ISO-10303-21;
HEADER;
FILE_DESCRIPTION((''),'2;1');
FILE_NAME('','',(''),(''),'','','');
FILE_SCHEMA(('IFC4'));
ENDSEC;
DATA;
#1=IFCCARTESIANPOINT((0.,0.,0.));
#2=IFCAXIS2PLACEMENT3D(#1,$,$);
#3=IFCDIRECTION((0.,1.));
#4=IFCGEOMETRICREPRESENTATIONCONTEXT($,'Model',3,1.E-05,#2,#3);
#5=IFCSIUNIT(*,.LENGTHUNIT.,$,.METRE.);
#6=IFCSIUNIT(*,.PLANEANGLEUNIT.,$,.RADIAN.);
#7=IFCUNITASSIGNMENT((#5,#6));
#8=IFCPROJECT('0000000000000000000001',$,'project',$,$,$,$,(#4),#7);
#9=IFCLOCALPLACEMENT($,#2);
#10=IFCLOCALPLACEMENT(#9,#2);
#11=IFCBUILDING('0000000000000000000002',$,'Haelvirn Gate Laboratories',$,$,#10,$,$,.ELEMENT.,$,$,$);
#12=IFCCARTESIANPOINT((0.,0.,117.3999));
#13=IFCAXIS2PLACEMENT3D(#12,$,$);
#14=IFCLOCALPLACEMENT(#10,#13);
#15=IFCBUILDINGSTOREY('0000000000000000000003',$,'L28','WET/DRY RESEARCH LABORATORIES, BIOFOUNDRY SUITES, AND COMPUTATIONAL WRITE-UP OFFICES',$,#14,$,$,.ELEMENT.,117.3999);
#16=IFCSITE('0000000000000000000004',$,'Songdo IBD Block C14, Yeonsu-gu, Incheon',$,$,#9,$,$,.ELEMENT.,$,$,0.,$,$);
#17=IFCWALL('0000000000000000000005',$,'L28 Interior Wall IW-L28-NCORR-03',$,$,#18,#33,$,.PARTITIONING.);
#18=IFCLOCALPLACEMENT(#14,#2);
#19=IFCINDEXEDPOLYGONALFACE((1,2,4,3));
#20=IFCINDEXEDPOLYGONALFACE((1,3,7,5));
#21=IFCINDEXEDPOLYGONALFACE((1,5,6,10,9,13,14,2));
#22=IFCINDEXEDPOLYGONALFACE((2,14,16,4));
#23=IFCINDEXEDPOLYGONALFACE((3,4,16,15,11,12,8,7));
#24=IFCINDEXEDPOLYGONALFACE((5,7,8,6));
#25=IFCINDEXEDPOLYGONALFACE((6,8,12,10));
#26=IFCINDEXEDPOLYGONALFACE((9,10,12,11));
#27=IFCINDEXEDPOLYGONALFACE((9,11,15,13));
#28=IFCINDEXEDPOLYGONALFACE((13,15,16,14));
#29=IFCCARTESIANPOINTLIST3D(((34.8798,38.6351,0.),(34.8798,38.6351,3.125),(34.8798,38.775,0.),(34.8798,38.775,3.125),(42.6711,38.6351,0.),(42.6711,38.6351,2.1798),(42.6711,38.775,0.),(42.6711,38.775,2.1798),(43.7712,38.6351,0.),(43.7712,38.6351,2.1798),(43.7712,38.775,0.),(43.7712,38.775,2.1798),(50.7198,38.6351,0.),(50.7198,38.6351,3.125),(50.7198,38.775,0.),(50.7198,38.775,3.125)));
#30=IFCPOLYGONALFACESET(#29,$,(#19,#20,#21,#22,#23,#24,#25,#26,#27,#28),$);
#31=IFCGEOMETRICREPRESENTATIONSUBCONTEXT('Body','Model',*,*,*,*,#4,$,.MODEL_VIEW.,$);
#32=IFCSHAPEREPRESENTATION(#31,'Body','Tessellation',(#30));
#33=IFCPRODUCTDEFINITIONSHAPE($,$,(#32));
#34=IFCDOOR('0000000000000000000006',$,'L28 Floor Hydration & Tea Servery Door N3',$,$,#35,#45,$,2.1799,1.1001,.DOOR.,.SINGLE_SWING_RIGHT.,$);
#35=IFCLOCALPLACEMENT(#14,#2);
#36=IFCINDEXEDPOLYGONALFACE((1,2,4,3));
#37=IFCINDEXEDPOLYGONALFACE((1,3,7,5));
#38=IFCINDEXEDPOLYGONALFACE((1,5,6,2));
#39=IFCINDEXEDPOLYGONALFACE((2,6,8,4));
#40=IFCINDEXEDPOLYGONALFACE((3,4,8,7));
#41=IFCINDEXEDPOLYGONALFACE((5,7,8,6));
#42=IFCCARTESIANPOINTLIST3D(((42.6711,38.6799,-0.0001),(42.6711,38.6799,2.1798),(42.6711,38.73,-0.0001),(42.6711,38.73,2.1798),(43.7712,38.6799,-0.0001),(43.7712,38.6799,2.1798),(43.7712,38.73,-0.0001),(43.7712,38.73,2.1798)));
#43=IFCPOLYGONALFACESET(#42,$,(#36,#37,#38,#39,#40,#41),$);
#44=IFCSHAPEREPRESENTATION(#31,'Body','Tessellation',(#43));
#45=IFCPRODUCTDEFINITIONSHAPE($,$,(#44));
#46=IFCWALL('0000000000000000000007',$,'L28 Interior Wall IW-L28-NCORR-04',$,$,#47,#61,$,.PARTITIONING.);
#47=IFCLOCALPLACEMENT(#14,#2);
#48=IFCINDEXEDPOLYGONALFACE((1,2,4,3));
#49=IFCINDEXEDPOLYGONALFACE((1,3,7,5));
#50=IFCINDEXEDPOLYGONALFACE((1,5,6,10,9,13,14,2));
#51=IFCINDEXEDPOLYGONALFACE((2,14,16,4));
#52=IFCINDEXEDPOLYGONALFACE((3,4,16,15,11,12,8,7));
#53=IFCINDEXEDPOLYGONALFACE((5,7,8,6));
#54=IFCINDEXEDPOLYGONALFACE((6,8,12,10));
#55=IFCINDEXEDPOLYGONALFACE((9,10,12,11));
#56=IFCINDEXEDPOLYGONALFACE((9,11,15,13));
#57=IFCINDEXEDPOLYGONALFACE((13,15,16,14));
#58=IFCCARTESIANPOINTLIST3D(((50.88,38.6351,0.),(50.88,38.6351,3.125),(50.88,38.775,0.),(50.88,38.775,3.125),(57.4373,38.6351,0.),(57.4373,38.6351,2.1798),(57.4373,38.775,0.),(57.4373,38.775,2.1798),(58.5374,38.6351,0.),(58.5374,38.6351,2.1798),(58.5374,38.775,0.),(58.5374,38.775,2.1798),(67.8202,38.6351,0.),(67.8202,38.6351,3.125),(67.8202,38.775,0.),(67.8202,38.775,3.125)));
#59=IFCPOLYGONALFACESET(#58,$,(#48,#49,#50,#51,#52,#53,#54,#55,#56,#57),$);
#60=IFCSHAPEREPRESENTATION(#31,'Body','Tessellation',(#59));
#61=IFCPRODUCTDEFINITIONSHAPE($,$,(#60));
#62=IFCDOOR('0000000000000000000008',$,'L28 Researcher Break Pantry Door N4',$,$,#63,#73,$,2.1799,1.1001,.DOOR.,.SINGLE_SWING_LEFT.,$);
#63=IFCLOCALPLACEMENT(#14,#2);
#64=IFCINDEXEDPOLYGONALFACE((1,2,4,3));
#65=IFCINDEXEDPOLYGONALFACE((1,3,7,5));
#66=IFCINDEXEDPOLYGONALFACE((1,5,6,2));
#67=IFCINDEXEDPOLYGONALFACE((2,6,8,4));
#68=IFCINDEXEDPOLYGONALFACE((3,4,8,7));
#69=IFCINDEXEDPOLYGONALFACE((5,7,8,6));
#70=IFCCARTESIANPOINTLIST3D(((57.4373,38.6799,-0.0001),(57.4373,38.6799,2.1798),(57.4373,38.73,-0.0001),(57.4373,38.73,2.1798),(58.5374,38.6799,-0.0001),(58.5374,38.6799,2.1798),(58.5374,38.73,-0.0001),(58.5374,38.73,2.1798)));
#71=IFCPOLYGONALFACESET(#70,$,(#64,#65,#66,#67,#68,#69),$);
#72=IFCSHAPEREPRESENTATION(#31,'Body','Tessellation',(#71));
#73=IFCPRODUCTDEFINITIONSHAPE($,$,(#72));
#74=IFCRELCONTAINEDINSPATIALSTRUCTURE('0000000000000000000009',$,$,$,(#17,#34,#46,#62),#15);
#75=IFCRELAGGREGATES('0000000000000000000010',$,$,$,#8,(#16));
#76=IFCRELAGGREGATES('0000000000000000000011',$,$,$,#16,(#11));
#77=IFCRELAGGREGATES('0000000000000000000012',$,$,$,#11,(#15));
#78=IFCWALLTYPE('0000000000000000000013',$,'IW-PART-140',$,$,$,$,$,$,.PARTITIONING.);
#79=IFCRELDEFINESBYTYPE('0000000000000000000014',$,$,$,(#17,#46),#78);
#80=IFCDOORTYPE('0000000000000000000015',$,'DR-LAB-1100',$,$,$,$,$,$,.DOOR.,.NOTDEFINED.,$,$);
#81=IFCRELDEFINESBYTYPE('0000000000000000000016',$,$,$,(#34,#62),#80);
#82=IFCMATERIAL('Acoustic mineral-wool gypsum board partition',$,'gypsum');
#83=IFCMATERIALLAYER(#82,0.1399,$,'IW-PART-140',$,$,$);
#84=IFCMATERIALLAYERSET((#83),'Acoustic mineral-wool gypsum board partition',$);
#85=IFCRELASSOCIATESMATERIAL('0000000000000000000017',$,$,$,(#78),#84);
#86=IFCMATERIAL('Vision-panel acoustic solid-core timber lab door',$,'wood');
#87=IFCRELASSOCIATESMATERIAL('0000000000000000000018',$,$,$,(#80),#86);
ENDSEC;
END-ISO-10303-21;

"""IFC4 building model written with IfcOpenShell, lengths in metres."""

from ifc_helpers import new_model, si_unit, direction, frame, frame_2d, origin, place, context, subcontext, project, spatial, rectangle, extrude, source, transform, mapped, material, layer, layer_set, type_object, type_shapes, element, fill, save


model = new_model("IFC4")

# Units and contexts
model_context = context("Model", 3, precision=1e-05, world=origin(), true_north=direction((0.0, 1.0)))
body_context = subcontext(model_context, "Body", "Model", "MODEL_VIEW")
ifc_project = project(units=[si_unit("LENGTHUNIT", "METRE"), si_unit("PLANEANGLEUNIT", "RADIAN")], contexts=[model_context])

# Site, building, storey
site_placement = place(None, origin())
site = spatial("IfcSite", under=ifc_project, at=site_placement, Name="Songdo IBD Block C14, Yeonsu-gu, Incheon", CompositionType="ELEMENT", RefElevation=0.0)
building_placement = place(site_placement, origin())
building = spatial("IfcBuilding", under=site, at=building_placement, Name="Haelvirn Gate Laboratories", CompositionType="ELEMENT")
storey_placement = place(building_placement, frame((0.0, 0.0, 117.3999)))
storey = spatial("IfcBuildingStorey", under=building, at=storey_placement, Name="L28", Description="WET/DRY RESEARCH LABORATORIES, BIOFOUNDRY SUITES, AND COMPUTATIONAL WRITE-UP OFFICES", CompositionType="ELEMENT", Elevation=117.3999)

# Walls, openings, doors
ifc_material_1 = material(Name="Acoustic mineral-wool gypsum board partition", Category="gypsum")
ifc_layer_1 = layer(ifc_material_1, 0.1399, Name="IW-PART-140")
ifc_layer_set_1 = layer_set([ifc_layer_1], Name="Acoustic mineral-wool gypsum board partition")
wall_type_1 = type_object("IfcWallType", Name="IW-PART-140", PredefinedType="PARTITIONING", material=ifc_layer_set_1)
wall_1_placement = place(storey_placement, frame((34.8799, 38.7051, 0.0), z_axis=(0.0, 0.0, 1.0), x_axis=(1.0, 0.0, 0.0)))
wall_1 = element("IfcWall", 1, at=wall_1_placement, inside=storey, type_object=wall_type_1, Name="L28 Interior Wall IW-L28-NCORR-03", PredefinedType="PARTITIONING", context=body_context, shape_type="SweptSolid", body=[
    extrude(rectangle(XDim=15.8401, YDim=0.1399, at=frame_2d((7.9199, 0.0))), origin(), (0.0, 0.0, 1.0), 3.125),
])
opening_1_placement = place(wall_1_placement, frame((7.7913, 0.0, 0.0)))
opening_1 = element("IfcOpeningElement", 2, at=opening_1_placement, cuts=wall_1, PredefinedType="OPENING", context=body_context, shape_type="SweptSolid", body=[
    extrude(rectangle(XDim=1.1001, YDim=2.1799, at=frame_2d((0.55, 1.0898))), frame((0.0, 0.0801, 0.0), z_axis=(0.0, -1.0, 0.0), x_axis=(1.0, 0.0, 0.0)), (0.0, 0.0, 1.0), 0.1599),
])
ifc_material_2 = material(Name="Vision-panel acoustic solid-core timber lab door", Category="wood")
door_type = type_object("IfcDoorType", Name="DR-LAB-1100", OperationType="NOTDEFINED", PredefinedType="DOOR", material=ifc_material_2)
shared_shape_1 = source(origin(), body_context, "Body", "SweptSolid", [
    extrude(rectangle(XDim=1.1001, YDim=2.1799, at=frame_2d((0.55, 1.0898))), frame((0.0, 0.0249, 0.0), z_axis=(0.0, -1.0, 0.0), x_axis=(1.0, 0.0, 0.0)), (0.0, 0.0, 1.0), 0.05),
])
type_shapes(door_type, [shared_shape_1])
door_1_placement = place(opening_1_placement, origin())
door_1 = element("IfcDoor", 3, at=door_1_placement, inside=storey, type_object=door_type, Name="L28 Floor Hydration & Tea Servery Door N3", OperationType="SINGLE_SWING_RIGHT", OverallHeight=2.1799, OverallWidth=1.1001, PredefinedType="DOOR", context=body_context, shape_type="MappedRepresentation", body=[
    mapped(shared_shape_1, transform((0.0, 0.0, 0.0), scale=1.0)),
])
fill(opening_1, door_1)
wall_2_placement = place(storey_placement, frame((50.8799, 38.7051, 0.0), z_axis=(0.0, 0.0, 1.0), x_axis=(1.0, 0.0, 0.0)))
wall_2 = element("IfcWall", 4, at=wall_2_placement, inside=storey, type_object=wall_type_1, Name="L28 Interior Wall IW-L28-NCORR-04", PredefinedType="PARTITIONING", context=body_context, shape_type="SweptSolid", body=[
    extrude(rectangle(XDim=16.9402, YDim=0.1399, at=frame_2d((8.4702, 0.0))), origin(), (0.0, 0.0, 1.0), 3.125),
])
opening_2_placement = place(wall_2_placement, frame((6.5574, 0.0, 0.0)))
opening_2 = element("IfcOpeningElement", 5, at=opening_2_placement, cuts=wall_2, PredefinedType="OPENING", context=body_context, shape_type="SweptSolid", body=[
    extrude(rectangle(XDim=1.1001, YDim=2.1799, at=frame_2d((0.55, 1.0898))), frame((0.0, 0.0801, 0.0), z_axis=(0.0, -1.0, 0.0), x_axis=(1.0, 0.0, 0.0)), (0.0, 0.0, 1.0), 0.1599),
])
door_2_placement = place(opening_2_placement, origin())
door_2 = element("IfcDoor", 6, at=door_2_placement, inside=storey, type_object=door_type, Name="L28 Researcher Break Pantry Door N4", OperationType="SINGLE_SWING_LEFT", OverallHeight=2.1799, OverallWidth=1.1001, PredefinedType="DOOR", context=body_context, shape_type="MappedRepresentation", body=[
    mapped(shared_shape_1, transform((0.0, 0.0, 0.0), scale=1.0)),
])
fill(opening_2, door_2)

save(model, "model.ifc")
